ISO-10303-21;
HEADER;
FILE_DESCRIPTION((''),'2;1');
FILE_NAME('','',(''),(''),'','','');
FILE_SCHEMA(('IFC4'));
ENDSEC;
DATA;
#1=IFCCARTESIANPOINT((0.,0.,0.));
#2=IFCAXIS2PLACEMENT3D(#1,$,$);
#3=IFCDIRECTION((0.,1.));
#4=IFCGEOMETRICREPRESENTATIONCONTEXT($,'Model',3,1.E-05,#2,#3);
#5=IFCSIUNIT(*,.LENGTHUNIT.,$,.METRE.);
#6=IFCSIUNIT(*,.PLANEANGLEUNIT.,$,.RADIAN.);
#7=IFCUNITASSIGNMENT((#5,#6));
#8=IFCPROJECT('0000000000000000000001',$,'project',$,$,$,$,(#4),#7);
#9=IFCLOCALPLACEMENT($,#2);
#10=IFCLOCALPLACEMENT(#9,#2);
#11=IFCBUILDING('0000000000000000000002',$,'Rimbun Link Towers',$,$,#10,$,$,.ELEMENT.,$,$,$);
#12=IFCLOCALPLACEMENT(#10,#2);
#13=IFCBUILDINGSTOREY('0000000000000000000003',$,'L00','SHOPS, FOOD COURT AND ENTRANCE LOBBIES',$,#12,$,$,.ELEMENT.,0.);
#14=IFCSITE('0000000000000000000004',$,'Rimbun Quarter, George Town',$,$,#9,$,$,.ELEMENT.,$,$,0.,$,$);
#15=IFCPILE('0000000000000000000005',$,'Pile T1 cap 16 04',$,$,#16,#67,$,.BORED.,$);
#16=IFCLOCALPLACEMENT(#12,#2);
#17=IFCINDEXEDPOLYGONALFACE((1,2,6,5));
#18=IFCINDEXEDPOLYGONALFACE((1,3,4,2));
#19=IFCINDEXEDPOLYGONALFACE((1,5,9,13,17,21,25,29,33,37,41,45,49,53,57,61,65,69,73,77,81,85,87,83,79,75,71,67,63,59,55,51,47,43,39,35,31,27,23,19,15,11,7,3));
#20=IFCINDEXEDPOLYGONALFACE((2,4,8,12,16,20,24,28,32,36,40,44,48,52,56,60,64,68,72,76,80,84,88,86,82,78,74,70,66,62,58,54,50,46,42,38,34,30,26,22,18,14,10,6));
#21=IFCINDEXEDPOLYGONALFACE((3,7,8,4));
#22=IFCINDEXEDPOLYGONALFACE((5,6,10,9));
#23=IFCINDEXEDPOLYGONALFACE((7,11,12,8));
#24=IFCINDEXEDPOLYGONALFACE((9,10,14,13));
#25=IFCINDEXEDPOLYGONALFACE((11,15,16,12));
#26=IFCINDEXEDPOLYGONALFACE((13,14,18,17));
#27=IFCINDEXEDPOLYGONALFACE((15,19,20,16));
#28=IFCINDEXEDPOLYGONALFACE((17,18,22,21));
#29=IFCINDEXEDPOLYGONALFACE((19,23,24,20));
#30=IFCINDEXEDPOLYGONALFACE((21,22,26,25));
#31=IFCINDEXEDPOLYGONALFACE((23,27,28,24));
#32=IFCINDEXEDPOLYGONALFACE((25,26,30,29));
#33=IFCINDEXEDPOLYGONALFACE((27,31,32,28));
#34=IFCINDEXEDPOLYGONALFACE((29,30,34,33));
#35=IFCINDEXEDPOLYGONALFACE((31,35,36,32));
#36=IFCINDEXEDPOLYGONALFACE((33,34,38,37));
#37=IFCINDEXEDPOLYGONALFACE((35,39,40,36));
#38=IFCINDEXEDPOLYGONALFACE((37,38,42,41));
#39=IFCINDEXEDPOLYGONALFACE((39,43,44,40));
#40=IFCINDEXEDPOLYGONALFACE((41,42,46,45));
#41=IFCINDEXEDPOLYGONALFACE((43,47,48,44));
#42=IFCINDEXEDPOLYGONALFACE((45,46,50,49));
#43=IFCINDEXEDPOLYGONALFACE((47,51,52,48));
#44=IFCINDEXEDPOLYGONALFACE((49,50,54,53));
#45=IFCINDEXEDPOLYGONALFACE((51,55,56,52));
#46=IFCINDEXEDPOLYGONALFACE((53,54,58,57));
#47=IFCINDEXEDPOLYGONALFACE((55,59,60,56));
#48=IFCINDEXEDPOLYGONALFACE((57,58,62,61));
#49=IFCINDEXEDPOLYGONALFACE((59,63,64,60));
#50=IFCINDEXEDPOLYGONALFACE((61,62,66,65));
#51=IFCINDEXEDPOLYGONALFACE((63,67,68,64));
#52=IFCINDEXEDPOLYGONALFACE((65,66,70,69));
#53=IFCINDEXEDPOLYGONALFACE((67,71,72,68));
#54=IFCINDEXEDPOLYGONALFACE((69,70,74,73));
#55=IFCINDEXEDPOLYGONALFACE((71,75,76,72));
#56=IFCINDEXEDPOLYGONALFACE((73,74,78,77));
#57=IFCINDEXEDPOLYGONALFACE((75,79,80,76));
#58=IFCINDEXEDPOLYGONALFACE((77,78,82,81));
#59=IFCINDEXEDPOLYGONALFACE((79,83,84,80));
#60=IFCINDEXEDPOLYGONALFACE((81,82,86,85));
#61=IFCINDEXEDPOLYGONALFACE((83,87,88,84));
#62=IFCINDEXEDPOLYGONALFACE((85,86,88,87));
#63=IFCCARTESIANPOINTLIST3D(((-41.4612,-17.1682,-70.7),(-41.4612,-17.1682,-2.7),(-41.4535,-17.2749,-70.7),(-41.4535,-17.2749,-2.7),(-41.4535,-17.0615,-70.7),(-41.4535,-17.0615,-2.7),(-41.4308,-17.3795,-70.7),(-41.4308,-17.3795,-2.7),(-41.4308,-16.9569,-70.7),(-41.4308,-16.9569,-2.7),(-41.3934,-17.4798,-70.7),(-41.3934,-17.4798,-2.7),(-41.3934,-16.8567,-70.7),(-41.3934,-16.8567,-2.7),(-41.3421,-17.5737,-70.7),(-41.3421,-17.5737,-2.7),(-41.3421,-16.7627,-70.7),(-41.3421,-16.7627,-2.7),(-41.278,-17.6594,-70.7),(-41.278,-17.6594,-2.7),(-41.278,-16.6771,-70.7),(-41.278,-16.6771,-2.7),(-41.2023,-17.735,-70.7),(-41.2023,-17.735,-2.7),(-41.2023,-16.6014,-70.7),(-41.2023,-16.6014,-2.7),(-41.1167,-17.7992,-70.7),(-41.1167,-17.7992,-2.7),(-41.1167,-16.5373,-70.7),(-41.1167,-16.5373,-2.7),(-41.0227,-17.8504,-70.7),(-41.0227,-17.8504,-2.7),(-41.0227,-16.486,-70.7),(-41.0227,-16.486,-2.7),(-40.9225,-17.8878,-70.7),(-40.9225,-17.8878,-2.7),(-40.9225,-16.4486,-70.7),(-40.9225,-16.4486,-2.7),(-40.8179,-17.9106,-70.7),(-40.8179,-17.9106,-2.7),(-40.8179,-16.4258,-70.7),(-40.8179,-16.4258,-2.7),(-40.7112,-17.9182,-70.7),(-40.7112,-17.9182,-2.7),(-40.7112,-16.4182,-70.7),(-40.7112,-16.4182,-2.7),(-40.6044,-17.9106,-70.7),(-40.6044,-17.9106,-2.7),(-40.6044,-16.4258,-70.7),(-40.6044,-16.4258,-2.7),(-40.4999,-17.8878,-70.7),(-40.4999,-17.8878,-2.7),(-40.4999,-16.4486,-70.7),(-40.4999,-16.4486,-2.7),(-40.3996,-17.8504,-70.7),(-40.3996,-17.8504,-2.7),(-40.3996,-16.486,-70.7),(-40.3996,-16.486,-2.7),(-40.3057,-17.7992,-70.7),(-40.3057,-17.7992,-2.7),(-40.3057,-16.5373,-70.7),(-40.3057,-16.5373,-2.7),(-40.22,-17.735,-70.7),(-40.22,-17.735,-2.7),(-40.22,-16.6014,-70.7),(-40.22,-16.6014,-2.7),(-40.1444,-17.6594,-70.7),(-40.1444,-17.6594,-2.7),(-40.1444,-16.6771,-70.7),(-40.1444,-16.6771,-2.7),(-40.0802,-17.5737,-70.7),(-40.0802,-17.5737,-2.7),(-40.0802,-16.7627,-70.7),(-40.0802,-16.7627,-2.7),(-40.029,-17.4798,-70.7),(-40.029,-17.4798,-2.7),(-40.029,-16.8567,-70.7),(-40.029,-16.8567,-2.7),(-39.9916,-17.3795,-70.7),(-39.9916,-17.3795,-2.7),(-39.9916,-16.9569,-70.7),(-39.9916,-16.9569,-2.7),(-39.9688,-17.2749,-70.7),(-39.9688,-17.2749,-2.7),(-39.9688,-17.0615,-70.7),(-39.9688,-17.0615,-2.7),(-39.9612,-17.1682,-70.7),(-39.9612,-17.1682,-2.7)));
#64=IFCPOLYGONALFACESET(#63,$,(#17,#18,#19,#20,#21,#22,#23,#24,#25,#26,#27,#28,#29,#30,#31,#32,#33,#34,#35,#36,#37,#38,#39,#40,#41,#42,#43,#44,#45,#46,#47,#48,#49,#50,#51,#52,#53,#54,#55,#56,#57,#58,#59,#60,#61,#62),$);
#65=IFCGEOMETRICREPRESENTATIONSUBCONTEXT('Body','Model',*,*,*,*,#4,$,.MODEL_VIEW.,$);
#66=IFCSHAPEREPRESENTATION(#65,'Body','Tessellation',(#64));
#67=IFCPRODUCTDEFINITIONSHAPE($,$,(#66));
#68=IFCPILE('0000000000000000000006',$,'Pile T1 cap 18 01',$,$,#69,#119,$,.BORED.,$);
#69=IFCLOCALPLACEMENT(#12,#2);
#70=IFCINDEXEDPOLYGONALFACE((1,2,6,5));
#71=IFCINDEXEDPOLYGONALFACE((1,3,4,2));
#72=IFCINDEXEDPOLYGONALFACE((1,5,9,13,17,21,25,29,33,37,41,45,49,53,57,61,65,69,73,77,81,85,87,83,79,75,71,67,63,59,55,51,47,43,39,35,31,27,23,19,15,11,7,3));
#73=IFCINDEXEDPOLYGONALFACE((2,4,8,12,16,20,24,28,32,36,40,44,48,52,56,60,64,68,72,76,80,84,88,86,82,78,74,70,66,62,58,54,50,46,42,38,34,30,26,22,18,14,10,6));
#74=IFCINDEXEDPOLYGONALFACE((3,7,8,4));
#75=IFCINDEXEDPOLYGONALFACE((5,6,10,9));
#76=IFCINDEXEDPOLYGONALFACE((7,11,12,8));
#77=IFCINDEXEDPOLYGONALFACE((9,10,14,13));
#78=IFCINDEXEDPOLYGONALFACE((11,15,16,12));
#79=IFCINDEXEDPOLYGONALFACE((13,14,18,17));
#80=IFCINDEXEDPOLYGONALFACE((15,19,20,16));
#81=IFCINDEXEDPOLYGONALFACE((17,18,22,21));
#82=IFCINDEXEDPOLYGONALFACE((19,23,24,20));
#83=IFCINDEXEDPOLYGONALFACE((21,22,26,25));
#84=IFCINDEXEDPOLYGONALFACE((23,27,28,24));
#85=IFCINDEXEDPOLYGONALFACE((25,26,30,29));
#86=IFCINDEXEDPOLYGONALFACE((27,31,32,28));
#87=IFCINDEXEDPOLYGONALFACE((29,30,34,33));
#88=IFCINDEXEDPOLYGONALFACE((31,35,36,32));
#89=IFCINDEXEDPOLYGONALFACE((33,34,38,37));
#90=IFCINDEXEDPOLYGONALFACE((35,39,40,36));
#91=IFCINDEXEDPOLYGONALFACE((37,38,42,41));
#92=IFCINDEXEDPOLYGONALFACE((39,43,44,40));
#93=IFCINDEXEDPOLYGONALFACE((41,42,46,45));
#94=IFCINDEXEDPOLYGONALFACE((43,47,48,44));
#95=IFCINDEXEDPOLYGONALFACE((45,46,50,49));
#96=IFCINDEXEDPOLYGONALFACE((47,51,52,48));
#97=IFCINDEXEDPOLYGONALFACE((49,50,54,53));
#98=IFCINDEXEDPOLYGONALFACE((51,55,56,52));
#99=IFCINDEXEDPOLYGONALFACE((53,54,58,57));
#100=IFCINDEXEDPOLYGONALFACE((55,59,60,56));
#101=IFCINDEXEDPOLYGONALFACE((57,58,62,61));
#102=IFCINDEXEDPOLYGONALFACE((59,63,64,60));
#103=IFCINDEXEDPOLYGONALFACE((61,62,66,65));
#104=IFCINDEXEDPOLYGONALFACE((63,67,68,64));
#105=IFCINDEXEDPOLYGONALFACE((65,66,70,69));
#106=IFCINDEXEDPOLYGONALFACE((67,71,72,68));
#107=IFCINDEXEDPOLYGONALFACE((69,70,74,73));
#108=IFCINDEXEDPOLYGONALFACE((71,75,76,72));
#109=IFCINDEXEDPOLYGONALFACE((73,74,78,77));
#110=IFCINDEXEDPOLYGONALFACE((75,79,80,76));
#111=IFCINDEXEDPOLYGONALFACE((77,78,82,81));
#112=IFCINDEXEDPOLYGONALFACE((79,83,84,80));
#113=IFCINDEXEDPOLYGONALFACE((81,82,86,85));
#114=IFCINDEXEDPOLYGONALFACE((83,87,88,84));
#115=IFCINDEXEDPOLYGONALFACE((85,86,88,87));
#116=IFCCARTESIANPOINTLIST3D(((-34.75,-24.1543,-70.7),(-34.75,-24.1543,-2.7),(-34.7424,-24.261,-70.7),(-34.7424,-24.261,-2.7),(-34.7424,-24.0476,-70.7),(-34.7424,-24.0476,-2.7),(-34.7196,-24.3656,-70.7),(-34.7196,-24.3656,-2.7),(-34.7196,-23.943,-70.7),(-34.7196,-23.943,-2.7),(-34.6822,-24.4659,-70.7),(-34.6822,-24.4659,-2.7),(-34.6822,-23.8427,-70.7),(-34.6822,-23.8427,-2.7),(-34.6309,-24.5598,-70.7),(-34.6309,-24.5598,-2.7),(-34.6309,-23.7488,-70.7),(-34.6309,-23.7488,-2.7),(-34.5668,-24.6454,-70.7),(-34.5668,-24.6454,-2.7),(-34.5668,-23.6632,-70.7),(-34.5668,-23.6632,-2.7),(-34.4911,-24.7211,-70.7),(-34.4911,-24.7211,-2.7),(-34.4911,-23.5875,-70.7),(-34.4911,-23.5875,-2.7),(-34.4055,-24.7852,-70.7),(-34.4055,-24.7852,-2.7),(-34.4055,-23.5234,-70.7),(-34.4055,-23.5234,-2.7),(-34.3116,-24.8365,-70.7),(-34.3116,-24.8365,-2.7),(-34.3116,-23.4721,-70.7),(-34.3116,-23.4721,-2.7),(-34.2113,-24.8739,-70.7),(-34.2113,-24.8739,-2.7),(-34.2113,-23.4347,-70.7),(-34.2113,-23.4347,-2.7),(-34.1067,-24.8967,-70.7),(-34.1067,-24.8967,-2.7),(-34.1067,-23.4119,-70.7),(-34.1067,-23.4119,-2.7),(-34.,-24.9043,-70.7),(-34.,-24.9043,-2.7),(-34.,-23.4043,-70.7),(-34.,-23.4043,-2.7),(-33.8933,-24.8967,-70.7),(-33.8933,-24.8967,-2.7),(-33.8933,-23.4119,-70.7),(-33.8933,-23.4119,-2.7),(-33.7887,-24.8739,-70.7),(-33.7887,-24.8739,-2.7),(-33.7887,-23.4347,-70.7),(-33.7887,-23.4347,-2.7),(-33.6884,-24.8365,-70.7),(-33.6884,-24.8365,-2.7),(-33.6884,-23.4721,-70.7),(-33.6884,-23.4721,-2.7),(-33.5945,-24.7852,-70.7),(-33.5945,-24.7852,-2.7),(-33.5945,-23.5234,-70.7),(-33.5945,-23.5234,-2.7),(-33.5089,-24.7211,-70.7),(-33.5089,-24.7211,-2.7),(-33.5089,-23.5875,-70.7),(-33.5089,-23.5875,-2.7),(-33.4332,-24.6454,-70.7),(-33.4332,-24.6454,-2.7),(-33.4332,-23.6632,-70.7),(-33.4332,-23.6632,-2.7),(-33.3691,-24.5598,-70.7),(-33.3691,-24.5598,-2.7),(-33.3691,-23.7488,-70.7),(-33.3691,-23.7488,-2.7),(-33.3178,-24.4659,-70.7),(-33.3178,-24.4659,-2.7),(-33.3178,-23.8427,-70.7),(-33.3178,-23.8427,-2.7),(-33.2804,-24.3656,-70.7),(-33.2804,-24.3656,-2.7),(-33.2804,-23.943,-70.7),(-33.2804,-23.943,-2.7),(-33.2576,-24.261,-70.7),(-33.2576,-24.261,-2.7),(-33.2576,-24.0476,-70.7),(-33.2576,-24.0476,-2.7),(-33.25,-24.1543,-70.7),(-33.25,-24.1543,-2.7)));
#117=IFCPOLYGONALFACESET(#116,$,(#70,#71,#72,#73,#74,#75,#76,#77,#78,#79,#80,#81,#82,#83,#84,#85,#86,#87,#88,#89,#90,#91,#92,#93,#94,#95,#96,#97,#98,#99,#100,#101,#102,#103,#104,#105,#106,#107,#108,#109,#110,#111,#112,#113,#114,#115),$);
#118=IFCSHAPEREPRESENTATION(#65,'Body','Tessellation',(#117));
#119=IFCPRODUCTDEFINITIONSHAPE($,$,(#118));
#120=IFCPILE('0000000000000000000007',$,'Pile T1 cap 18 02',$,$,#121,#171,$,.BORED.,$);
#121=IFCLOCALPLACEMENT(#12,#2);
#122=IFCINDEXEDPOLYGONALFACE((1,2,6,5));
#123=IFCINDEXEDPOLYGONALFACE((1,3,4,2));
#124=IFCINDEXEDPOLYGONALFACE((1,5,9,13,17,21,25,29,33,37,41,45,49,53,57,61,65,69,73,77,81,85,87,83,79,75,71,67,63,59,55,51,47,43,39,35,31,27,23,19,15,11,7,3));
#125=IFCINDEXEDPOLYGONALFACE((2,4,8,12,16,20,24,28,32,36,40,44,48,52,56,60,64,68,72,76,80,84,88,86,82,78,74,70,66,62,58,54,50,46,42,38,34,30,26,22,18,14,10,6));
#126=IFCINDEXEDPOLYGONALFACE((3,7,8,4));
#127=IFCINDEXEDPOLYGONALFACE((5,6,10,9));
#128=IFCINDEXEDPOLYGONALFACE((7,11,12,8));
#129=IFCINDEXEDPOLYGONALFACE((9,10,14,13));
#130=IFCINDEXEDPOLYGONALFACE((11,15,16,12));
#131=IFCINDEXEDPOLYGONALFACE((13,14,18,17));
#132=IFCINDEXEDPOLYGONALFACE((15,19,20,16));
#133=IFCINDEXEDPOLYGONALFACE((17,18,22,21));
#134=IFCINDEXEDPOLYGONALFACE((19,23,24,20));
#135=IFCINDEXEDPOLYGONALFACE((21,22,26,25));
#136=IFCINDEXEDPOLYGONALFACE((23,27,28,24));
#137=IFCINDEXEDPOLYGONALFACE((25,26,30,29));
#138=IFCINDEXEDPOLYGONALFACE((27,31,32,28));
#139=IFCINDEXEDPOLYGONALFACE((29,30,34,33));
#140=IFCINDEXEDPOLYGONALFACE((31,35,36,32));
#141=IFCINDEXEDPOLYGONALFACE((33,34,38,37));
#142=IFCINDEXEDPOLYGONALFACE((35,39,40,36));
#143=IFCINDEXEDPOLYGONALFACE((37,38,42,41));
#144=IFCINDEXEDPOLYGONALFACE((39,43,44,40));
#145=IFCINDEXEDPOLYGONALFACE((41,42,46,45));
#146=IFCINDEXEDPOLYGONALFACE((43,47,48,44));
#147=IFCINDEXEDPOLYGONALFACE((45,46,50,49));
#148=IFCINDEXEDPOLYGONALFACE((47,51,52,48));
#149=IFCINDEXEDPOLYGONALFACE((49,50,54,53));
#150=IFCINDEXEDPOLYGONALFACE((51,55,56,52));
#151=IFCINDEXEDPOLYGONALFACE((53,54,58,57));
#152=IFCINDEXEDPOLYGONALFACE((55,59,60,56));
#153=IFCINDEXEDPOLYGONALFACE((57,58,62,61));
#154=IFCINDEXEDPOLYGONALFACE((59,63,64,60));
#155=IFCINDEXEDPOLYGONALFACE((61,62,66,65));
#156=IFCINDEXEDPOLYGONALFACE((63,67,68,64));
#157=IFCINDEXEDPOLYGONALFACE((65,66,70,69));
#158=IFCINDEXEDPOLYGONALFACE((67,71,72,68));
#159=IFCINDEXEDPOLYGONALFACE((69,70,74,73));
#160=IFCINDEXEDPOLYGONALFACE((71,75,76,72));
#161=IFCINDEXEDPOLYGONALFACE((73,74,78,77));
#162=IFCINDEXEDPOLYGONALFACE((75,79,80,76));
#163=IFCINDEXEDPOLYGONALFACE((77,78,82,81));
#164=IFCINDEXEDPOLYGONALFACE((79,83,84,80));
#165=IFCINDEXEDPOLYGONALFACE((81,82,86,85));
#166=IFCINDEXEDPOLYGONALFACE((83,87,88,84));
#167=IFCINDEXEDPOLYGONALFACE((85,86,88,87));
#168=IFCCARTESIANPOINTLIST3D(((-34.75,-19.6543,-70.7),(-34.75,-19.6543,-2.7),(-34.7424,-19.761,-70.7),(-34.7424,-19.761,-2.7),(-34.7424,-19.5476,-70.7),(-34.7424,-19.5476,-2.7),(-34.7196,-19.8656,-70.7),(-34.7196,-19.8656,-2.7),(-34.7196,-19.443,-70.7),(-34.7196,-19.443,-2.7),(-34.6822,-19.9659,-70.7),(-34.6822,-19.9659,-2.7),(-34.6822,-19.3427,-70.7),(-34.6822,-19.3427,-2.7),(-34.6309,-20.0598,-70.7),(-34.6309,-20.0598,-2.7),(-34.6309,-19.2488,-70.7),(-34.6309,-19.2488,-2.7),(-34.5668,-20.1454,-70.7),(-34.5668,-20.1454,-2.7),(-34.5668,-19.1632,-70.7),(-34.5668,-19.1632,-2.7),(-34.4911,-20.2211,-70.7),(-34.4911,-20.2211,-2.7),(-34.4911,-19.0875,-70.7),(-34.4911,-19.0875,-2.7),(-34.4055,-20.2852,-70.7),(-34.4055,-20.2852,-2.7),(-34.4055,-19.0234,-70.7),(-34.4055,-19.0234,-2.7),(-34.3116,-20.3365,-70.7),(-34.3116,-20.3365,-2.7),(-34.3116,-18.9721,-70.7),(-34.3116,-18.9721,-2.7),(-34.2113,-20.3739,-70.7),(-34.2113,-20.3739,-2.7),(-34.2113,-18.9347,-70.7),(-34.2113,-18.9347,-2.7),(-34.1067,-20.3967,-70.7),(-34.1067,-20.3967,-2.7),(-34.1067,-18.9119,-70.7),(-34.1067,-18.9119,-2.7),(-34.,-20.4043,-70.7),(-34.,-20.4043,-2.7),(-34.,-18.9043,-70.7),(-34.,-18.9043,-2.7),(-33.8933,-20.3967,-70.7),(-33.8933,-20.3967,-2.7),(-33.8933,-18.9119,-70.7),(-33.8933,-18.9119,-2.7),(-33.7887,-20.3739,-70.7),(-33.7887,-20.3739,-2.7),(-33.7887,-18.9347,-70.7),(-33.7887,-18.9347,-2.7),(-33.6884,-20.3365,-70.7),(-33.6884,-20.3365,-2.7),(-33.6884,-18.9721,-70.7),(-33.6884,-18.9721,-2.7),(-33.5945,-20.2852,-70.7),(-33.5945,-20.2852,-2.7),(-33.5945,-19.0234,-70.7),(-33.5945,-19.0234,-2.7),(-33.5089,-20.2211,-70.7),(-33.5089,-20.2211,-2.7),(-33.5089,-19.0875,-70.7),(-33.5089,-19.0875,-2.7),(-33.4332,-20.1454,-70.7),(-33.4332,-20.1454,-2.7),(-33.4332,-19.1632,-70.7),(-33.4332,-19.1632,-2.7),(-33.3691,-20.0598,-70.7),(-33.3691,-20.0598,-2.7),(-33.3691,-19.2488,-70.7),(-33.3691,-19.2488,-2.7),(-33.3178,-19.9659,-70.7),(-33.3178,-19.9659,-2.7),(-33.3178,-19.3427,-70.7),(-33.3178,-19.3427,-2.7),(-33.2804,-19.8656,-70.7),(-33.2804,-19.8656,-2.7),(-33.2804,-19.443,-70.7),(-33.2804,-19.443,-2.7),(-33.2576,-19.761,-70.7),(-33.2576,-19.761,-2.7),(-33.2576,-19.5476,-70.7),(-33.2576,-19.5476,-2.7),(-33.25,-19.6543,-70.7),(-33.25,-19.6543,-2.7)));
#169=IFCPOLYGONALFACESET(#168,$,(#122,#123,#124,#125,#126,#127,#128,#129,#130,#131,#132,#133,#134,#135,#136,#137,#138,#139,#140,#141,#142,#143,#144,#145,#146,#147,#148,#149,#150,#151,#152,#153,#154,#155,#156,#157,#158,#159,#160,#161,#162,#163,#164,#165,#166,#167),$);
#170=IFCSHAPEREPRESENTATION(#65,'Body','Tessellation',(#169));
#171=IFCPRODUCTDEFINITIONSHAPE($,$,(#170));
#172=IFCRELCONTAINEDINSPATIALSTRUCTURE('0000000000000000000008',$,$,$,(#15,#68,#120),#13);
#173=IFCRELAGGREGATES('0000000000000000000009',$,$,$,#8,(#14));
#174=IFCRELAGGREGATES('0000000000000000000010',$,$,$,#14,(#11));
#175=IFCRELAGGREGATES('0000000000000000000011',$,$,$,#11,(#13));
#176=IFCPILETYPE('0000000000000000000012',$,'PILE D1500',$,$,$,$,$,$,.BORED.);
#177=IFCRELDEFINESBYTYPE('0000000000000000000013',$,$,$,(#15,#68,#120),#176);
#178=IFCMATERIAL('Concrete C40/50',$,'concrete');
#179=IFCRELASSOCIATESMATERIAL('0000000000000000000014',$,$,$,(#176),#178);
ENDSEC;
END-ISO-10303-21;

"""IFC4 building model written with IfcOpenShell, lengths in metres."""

from ifc_helpers import new_model, si_unit, direction, frame, origin, origin_2d, place, context, subcontext, project, spatial, circle, extrude, material, material_profile, profile_set, type_object, element, save


model = new_model("IFC4")

# Units and contexts
model_context = context("Model", 3, precision=1e-05, world=origin(), true_north=direction((0.0, 1.0)))
body_context = subcontext(model_context, "Body", "Model", "MODEL_VIEW")
ifc_project = project(units=[si_unit("LENGTHUNIT", "METRE"), si_unit("PLANEANGLEUNIT", "RADIAN")], contexts=[model_context])

# Site, building, storey
site_placement = place(None, origin())
site = spatial("IfcSite", under=ifc_project, at=site_placement, Name="Rimbun Quarter, George Town", CompositionType="ELEMENT", RefElevation=0.0)
building_placement = place(site_placement, origin())
building = spatial("IfcBuilding", under=site, at=building_placement, Name="Rimbun Link Towers", CompositionType="ELEMENT")
storey_placement = place(building_placement, origin())
storey = spatial("IfcBuildingStorey", under=building, at=storey_placement, Name="L00", Description="SHOPS, FOOD COURT AND ENTRANCE LOBBIES", CompositionType="ELEMENT", Elevation=0.0)

# Piles
ifc_material_1 = material(Name="Concrete C40/50", Category="concrete")
ifc_material_profile_1 = material_profile(ifc_material_1, circle(Radius=0.75, at=origin_2d()), Name="PILE D1500")
ifc_profile_set_1 = profile_set([ifc_material_profile_1], Name="Concrete C40/50")
pile_type_1 = type_object("IfcPileType", Name="PILE D1500", PredefinedType="BORED", material=ifc_profile_set_1)
for number, where, z_axis, x_axis, name in (
    (1, (-40.7112, -17.1682, -2.7), (0.0, 0.0, -1.0), (1.0, 0.0, 0.0), "Pile T1 cap 16 04"),
    (2, (-34.0, -24.1543, -2.7), (0.0, 0.0, -1.0), (1.0, 0.0, 0.0), "Pile T1 cap 18 01"),
    (3, (-34.0, -19.6543, -2.7), (0.0, 0.0, -1.0), (1.0, 0.0, 0.0), "Pile T1 cap 18 02"),
):
    element("IfcPile", number, at=place(storey_placement, frame(where, z_axis=z_axis, x_axis=x_axis)), inside=storey, type_object=pile_type_1, Name=name, PredefinedType="BORED", context=body_context, shape_type="SweptSolid", body=[
        extrude(circle(Radius=0.75, at=origin_2d()), origin(), (0.0, 0.0, 1.0), 68.0),
    ])

save(model, "model.ifc")
